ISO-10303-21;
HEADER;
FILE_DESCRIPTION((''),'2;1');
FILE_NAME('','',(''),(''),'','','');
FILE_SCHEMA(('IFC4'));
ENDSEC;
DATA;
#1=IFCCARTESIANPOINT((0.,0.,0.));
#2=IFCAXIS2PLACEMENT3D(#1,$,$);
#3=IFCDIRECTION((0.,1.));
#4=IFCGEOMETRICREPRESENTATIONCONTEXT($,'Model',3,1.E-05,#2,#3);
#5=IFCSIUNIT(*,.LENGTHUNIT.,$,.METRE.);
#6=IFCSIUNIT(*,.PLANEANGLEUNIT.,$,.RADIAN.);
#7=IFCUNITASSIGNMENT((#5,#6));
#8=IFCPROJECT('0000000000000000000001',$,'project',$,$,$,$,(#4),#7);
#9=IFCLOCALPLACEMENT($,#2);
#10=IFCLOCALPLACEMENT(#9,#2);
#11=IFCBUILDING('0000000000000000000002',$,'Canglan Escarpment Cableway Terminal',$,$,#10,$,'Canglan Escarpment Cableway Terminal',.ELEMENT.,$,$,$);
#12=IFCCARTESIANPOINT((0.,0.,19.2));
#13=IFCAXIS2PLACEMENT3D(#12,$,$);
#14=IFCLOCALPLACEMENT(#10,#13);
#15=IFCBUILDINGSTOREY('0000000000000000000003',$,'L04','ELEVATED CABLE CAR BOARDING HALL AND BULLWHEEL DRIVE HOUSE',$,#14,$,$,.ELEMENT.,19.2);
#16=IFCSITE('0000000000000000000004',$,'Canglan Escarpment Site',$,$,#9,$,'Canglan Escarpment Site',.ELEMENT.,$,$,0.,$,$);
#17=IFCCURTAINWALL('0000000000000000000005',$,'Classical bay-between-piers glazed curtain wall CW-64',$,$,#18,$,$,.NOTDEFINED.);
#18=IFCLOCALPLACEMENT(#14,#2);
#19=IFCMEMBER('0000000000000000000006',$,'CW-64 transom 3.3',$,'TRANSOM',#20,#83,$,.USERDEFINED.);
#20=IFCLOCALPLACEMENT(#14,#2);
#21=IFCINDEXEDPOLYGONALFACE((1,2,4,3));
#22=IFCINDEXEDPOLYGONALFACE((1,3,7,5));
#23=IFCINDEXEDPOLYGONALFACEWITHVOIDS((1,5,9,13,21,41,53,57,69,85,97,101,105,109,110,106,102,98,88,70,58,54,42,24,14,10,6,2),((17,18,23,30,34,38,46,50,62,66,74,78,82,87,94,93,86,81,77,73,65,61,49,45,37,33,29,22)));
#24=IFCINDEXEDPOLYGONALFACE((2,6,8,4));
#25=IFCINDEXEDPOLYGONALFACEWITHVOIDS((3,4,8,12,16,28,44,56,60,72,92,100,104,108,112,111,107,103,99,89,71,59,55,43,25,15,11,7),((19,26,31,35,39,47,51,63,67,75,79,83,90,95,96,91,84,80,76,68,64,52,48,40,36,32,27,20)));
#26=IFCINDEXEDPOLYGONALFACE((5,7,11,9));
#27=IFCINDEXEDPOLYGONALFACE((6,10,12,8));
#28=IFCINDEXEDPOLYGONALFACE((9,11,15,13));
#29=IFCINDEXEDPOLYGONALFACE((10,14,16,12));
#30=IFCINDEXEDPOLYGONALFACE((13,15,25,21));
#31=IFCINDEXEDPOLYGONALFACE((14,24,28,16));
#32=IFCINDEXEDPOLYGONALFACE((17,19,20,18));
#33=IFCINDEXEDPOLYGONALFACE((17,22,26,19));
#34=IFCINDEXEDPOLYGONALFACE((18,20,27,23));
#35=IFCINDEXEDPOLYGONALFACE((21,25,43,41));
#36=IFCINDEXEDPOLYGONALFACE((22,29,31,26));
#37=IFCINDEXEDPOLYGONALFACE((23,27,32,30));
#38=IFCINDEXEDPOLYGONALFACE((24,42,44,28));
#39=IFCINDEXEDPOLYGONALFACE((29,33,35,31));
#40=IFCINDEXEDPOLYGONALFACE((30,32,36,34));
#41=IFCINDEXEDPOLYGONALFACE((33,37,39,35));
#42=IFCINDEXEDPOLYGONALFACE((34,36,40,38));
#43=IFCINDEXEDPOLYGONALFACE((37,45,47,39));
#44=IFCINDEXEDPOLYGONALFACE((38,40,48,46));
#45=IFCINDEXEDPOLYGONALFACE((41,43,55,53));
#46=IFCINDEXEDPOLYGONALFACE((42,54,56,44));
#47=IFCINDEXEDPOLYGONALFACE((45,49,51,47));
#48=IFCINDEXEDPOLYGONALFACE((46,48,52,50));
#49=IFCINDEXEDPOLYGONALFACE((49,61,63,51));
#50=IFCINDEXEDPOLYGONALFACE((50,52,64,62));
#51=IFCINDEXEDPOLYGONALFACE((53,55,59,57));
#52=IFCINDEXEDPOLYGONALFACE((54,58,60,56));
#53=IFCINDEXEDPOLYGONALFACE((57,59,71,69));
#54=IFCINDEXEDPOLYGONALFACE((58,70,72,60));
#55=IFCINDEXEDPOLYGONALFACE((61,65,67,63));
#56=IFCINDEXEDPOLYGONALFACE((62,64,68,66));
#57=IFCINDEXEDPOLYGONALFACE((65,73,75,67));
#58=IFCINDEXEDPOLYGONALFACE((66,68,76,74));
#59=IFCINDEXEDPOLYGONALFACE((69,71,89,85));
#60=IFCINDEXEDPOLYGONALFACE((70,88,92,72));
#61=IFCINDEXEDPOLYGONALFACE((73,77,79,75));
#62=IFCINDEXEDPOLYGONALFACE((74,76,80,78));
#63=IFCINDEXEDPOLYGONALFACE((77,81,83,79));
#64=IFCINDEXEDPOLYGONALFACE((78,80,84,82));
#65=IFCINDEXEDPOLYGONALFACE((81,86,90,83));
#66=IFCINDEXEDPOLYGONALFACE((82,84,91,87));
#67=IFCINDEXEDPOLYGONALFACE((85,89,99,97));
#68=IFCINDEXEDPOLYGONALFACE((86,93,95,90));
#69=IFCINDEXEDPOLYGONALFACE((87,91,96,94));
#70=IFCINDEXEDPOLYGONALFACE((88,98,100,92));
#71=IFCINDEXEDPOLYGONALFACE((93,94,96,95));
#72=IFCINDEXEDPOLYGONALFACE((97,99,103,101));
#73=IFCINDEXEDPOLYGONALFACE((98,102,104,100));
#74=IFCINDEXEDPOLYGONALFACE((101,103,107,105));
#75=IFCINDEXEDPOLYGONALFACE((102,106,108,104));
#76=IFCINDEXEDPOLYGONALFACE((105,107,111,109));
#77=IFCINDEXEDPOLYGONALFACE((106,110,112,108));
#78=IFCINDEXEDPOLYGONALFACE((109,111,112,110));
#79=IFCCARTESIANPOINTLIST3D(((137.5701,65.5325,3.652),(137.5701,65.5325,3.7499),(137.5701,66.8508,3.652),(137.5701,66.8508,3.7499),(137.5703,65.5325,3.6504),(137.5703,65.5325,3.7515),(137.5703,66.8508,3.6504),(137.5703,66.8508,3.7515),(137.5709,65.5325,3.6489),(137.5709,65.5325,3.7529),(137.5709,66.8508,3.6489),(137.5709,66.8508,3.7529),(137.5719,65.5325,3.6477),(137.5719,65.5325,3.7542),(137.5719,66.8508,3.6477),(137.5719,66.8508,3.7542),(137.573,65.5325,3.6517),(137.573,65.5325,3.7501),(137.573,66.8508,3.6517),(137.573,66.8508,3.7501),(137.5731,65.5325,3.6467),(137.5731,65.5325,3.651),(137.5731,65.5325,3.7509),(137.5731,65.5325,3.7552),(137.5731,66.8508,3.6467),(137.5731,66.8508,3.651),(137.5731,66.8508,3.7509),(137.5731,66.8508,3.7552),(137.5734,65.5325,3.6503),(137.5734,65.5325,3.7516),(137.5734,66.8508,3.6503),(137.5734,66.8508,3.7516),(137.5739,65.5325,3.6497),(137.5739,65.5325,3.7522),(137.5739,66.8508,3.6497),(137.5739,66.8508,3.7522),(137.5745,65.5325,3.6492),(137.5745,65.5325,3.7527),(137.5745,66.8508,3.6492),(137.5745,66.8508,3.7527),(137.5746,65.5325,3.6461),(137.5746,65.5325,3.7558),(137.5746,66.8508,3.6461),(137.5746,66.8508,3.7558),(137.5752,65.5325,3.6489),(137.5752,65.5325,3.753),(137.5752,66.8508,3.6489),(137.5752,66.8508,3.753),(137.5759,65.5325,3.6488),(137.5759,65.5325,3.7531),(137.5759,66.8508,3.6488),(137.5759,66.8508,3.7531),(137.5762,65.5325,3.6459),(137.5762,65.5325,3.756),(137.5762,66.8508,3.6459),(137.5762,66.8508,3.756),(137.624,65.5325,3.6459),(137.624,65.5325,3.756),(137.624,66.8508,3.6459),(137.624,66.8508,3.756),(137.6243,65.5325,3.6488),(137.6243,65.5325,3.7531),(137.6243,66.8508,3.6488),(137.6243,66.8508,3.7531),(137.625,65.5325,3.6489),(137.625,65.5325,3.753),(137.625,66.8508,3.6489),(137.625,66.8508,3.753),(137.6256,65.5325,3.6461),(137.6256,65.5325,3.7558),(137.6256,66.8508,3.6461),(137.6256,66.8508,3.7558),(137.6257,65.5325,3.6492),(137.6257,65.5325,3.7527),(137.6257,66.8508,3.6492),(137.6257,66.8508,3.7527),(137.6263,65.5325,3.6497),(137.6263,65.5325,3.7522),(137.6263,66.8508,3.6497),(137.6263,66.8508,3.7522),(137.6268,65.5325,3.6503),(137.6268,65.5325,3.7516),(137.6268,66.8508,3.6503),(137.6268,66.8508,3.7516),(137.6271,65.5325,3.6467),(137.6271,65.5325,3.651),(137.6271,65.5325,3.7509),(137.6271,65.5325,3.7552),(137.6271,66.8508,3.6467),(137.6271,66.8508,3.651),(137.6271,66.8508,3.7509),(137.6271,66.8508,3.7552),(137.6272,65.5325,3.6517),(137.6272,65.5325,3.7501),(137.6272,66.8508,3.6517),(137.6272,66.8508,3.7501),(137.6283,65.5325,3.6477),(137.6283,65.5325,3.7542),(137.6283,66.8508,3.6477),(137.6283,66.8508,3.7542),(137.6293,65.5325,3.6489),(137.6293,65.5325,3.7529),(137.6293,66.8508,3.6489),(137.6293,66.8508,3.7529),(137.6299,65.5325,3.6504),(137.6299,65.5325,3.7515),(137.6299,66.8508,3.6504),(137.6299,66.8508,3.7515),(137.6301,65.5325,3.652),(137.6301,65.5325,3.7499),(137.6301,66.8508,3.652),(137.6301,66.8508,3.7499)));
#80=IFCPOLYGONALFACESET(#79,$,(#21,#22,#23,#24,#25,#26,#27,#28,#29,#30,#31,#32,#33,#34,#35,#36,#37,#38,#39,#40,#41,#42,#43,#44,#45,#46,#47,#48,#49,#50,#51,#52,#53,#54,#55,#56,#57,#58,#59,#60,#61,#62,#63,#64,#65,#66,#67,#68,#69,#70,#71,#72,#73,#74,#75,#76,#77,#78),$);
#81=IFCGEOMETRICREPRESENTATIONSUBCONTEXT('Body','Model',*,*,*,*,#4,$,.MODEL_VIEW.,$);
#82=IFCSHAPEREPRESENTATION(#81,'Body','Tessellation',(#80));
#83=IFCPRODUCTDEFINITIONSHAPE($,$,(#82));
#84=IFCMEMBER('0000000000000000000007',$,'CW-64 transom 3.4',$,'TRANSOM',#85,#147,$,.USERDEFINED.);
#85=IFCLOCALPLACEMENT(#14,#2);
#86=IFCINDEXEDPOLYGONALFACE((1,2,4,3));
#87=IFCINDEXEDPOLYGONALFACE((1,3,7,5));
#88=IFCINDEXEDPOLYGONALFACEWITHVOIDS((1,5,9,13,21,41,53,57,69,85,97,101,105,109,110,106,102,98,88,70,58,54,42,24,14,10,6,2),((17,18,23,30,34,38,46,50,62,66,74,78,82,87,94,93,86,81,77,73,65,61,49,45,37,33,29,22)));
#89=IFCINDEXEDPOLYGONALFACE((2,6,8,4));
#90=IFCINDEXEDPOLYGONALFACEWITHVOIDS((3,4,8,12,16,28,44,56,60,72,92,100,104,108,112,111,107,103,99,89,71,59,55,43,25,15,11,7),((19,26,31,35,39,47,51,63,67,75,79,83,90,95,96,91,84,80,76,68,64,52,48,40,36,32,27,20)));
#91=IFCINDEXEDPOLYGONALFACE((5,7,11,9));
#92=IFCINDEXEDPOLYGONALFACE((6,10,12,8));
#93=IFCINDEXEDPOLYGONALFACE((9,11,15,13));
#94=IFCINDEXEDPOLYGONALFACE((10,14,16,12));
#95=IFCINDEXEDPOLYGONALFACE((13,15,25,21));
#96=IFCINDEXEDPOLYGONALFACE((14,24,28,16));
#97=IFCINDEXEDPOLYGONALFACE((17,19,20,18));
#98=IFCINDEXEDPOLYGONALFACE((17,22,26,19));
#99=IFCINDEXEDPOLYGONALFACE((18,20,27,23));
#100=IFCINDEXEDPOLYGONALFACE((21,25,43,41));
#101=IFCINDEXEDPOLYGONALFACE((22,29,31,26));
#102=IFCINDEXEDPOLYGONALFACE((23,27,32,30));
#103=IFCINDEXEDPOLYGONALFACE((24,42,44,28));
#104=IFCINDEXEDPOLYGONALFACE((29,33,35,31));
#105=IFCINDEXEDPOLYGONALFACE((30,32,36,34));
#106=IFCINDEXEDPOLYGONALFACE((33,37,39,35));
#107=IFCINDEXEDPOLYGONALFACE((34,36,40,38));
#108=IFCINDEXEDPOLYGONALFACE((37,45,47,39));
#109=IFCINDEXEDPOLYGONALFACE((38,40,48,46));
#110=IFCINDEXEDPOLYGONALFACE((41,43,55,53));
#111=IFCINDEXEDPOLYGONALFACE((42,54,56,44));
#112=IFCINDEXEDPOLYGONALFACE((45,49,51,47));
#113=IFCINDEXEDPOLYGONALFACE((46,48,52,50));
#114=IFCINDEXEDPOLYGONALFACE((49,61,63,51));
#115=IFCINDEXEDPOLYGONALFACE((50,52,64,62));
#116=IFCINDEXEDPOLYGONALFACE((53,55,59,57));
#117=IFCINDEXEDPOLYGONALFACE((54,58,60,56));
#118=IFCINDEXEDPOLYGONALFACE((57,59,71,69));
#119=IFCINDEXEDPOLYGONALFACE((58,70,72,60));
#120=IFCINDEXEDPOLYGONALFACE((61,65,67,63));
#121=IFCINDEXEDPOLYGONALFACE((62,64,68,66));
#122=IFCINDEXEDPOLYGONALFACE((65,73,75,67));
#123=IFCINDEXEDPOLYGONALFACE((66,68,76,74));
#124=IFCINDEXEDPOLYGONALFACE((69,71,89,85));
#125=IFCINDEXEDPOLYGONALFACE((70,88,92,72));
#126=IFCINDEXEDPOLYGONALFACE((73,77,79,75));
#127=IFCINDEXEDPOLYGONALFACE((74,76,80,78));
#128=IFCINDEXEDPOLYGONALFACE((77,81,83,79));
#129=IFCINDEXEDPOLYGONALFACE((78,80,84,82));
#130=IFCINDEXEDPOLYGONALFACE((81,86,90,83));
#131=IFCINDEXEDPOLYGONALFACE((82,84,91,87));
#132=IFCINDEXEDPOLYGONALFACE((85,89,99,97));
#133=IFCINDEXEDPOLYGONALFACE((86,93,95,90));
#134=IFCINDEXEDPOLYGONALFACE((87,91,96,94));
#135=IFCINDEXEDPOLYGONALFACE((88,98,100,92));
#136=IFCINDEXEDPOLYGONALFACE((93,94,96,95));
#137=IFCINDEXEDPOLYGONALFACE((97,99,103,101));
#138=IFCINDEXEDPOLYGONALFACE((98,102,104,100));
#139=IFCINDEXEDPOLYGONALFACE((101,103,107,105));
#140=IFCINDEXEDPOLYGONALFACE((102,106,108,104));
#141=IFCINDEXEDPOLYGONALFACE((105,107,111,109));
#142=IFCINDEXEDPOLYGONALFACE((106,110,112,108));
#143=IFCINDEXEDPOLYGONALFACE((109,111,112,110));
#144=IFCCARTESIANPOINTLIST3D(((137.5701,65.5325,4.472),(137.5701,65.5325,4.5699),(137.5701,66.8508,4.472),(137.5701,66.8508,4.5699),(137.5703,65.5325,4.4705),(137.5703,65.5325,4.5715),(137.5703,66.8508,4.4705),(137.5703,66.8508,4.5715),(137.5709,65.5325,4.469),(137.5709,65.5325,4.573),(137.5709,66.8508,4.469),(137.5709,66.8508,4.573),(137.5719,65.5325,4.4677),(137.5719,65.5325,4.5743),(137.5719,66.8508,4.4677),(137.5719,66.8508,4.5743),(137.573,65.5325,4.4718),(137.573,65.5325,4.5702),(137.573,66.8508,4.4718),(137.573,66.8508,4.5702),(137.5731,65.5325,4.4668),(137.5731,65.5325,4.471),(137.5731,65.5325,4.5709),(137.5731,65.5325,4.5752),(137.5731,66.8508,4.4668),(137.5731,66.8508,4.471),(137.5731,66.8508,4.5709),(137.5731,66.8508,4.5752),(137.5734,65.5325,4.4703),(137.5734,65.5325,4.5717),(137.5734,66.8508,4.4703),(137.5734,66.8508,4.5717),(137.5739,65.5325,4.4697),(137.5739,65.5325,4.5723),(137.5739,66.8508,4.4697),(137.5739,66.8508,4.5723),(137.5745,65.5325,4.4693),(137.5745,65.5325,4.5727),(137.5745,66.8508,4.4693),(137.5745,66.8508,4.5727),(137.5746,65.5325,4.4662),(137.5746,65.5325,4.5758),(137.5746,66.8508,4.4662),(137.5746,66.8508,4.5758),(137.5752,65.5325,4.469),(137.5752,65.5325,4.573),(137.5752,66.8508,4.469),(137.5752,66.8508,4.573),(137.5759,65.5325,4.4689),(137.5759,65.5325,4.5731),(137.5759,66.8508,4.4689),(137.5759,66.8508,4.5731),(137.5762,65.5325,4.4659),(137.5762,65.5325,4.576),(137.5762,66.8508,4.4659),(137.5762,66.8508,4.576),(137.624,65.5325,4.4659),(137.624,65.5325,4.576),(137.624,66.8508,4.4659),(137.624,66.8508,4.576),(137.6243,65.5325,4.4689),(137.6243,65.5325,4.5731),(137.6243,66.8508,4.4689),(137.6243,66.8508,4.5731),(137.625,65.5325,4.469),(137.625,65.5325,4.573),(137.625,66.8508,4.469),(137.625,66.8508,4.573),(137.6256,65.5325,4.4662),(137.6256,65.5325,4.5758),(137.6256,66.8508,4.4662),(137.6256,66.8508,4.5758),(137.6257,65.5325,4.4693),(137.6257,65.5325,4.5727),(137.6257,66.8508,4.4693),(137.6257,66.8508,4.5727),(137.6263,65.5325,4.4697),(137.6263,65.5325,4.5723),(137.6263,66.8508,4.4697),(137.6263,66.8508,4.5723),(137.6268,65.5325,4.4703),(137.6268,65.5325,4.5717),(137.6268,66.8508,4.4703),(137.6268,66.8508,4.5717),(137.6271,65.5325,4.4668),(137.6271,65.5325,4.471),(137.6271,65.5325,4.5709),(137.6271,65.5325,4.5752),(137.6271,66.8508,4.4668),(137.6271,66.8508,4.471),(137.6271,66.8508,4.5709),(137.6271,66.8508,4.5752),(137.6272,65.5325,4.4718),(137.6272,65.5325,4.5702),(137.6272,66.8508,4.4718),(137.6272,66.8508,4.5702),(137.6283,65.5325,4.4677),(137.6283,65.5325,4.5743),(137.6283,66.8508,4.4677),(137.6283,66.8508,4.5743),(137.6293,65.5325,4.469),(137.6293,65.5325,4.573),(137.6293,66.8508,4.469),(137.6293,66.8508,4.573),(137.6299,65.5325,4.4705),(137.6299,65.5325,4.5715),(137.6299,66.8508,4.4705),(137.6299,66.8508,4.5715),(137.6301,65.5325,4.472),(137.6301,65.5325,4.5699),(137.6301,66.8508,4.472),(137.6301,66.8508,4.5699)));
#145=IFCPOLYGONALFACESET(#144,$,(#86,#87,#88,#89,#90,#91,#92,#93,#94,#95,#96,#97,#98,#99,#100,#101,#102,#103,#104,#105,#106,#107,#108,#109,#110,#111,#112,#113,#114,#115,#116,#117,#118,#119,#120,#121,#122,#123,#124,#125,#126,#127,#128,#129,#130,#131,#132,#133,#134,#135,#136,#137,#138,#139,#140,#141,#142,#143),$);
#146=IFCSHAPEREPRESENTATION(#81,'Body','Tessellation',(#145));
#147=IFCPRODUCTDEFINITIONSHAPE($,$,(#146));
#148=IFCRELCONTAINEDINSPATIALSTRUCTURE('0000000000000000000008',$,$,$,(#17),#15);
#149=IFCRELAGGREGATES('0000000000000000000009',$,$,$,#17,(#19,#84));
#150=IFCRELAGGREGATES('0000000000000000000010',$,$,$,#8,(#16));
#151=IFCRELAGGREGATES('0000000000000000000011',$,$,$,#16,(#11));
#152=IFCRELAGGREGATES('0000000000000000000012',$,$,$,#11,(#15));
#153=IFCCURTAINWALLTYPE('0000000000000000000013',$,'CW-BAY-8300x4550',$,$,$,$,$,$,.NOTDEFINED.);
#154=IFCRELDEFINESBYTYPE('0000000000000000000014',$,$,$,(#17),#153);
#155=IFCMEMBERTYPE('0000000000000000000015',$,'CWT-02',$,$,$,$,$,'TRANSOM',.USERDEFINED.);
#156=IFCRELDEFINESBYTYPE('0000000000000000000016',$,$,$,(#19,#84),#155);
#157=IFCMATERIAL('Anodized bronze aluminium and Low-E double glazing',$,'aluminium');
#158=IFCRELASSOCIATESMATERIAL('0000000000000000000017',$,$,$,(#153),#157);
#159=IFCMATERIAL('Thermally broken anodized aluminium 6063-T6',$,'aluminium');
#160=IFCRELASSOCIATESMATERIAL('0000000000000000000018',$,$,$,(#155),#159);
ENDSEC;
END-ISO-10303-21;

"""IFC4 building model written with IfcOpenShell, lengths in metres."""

from ifc_helpers import new_model, si_unit, direction, frame, origin, origin_2d, place, context, subcontext, project, spatial, hollow_rectangle, extrude, material, material_profile, profile_set, type_object, element, aggregate, save


model = new_model("IFC4")

# Units and contexts
model_context = context("Model", 3, precision=1e-05, world=origin(), true_north=direction((0.0, 1.0)))
body_context = subcontext(model_context, "Body", "Model", "MODEL_VIEW")
ifc_project = project(units=[si_unit("LENGTHUNIT", "METRE"), si_unit("PLANEANGLEUNIT", "RADIAN")], contexts=[model_context])

# Site, building, storey
site_placement = place(None, origin())
site = spatial("IfcSite", under=ifc_project, at=site_placement, Name="Canglan Escarpment Site", LongName="Canglan Escarpment Site", CompositionType="ELEMENT", RefElevation=0.0)
building_placement = place(site_placement, origin())
building = spatial("IfcBuilding", under=site, at=building_placement, Name="Canglan Escarpment Cableway Terminal", LongName="Canglan Escarpment Cableway Terminal", CompositionType="ELEMENT")
storey_placement = place(building_placement, frame((0.0, 0.0, 19.2)))
storey = spatial("IfcBuildingStorey", under=building, at=storey_placement, Name="L04", Description="ELEVATED CABLE CAR BOARDING HALL AND BULLWHEEL DRIVE HOUSE", CompositionType="ELEMENT", Elevation=19.2)

# Curtain wall
ifc_material_1 = material(Name="Anodized bronze aluminium and Low-E double glazing", Category="aluminium")
curtain_wall_type = type_object("IfcCurtainWallType", Name="CW-BAY-8300x4550", PredefinedType="NOTDEFINED", material=ifc_material_1)
curtain_wall_1_placement = place(storey_placement, origin())
curtain_wall_1 = element("IfcCurtainWall", 1, at=curtain_wall_1_placement, inside=storey, type_object=curtain_wall_type, Name="Classical bay-between-piers glazed curtain wall CW-64", PredefinedType="NOTDEFINED")
ifc_material_2 = material(Name="Thermally broken anodized aluminium 6063-T6", Category="aluminium")

# Members
ifc_material_profile_1 = material_profile(ifc_material_2, hollow_rectangle(XDim=0.0601, YDim=0.1101, WallThickness=0.0029, InnerFilletRadius=0.0029, OuterFilletRadius=0.0061, at=origin_2d()), Name="ALU-TRAN 60x110x3")
ifc_profile_set_1 = profile_set([ifc_material_profile_1], Name="Thermally broken anodized aluminium 6063-T6")
member_type_1 = type_object("IfcMemberType", Name="CWT-02", ElementType="TRANSOM", PredefinedType="USERDEFINED", material=ifc_profile_set_1)
member_1_placement = place(storey_placement, frame((137.6001, 66.8508, 3.7009), z_axis=(0.0, -1.0, 0.0), x_axis=(1.0, 0.0, 0.0)))
member_1 = element("IfcMember", 2, at=member_1_placement, type_object=member_type_1, Name="CW-64 transom 3.3", ObjectType="TRANSOM", PredefinedType="USERDEFINED", context=body_context, shape_type="SweptSolid", body=[
    extrude(hollow_rectangle(XDim=0.0601, YDim=0.1101, WallThickness=0.0029, InnerFilletRadius=0.0029, OuterFilletRadius=0.0061, at=origin_2d()), origin(), (0.0, 0.0, 1.0), 1.3184),
])
member_2_placement = place(storey_placement, frame((137.6001, 66.8508, 4.521), z_axis=(0.0, -1.0, 0.0), x_axis=(1.0, 0.0, 0.0)))
member_2 = element("IfcMember", 3, at=member_2_placement, type_object=member_type_1, Name="CW-64 transom 3.4", ObjectType="TRANSOM", PredefinedType="USERDEFINED", context=body_context, shape_type="SweptSolid", body=[
    extrude(hollow_rectangle(XDim=0.0601, YDim=0.1101, WallThickness=0.0029, InnerFilletRadius=0.0029, OuterFilletRadius=0.0061, at=origin_2d()), origin(), (0.0, 0.0, 1.0), 1.3184),
])

aggregate(curtain_wall_1, [member_1, member_2])

save(model, "model.ifc")
